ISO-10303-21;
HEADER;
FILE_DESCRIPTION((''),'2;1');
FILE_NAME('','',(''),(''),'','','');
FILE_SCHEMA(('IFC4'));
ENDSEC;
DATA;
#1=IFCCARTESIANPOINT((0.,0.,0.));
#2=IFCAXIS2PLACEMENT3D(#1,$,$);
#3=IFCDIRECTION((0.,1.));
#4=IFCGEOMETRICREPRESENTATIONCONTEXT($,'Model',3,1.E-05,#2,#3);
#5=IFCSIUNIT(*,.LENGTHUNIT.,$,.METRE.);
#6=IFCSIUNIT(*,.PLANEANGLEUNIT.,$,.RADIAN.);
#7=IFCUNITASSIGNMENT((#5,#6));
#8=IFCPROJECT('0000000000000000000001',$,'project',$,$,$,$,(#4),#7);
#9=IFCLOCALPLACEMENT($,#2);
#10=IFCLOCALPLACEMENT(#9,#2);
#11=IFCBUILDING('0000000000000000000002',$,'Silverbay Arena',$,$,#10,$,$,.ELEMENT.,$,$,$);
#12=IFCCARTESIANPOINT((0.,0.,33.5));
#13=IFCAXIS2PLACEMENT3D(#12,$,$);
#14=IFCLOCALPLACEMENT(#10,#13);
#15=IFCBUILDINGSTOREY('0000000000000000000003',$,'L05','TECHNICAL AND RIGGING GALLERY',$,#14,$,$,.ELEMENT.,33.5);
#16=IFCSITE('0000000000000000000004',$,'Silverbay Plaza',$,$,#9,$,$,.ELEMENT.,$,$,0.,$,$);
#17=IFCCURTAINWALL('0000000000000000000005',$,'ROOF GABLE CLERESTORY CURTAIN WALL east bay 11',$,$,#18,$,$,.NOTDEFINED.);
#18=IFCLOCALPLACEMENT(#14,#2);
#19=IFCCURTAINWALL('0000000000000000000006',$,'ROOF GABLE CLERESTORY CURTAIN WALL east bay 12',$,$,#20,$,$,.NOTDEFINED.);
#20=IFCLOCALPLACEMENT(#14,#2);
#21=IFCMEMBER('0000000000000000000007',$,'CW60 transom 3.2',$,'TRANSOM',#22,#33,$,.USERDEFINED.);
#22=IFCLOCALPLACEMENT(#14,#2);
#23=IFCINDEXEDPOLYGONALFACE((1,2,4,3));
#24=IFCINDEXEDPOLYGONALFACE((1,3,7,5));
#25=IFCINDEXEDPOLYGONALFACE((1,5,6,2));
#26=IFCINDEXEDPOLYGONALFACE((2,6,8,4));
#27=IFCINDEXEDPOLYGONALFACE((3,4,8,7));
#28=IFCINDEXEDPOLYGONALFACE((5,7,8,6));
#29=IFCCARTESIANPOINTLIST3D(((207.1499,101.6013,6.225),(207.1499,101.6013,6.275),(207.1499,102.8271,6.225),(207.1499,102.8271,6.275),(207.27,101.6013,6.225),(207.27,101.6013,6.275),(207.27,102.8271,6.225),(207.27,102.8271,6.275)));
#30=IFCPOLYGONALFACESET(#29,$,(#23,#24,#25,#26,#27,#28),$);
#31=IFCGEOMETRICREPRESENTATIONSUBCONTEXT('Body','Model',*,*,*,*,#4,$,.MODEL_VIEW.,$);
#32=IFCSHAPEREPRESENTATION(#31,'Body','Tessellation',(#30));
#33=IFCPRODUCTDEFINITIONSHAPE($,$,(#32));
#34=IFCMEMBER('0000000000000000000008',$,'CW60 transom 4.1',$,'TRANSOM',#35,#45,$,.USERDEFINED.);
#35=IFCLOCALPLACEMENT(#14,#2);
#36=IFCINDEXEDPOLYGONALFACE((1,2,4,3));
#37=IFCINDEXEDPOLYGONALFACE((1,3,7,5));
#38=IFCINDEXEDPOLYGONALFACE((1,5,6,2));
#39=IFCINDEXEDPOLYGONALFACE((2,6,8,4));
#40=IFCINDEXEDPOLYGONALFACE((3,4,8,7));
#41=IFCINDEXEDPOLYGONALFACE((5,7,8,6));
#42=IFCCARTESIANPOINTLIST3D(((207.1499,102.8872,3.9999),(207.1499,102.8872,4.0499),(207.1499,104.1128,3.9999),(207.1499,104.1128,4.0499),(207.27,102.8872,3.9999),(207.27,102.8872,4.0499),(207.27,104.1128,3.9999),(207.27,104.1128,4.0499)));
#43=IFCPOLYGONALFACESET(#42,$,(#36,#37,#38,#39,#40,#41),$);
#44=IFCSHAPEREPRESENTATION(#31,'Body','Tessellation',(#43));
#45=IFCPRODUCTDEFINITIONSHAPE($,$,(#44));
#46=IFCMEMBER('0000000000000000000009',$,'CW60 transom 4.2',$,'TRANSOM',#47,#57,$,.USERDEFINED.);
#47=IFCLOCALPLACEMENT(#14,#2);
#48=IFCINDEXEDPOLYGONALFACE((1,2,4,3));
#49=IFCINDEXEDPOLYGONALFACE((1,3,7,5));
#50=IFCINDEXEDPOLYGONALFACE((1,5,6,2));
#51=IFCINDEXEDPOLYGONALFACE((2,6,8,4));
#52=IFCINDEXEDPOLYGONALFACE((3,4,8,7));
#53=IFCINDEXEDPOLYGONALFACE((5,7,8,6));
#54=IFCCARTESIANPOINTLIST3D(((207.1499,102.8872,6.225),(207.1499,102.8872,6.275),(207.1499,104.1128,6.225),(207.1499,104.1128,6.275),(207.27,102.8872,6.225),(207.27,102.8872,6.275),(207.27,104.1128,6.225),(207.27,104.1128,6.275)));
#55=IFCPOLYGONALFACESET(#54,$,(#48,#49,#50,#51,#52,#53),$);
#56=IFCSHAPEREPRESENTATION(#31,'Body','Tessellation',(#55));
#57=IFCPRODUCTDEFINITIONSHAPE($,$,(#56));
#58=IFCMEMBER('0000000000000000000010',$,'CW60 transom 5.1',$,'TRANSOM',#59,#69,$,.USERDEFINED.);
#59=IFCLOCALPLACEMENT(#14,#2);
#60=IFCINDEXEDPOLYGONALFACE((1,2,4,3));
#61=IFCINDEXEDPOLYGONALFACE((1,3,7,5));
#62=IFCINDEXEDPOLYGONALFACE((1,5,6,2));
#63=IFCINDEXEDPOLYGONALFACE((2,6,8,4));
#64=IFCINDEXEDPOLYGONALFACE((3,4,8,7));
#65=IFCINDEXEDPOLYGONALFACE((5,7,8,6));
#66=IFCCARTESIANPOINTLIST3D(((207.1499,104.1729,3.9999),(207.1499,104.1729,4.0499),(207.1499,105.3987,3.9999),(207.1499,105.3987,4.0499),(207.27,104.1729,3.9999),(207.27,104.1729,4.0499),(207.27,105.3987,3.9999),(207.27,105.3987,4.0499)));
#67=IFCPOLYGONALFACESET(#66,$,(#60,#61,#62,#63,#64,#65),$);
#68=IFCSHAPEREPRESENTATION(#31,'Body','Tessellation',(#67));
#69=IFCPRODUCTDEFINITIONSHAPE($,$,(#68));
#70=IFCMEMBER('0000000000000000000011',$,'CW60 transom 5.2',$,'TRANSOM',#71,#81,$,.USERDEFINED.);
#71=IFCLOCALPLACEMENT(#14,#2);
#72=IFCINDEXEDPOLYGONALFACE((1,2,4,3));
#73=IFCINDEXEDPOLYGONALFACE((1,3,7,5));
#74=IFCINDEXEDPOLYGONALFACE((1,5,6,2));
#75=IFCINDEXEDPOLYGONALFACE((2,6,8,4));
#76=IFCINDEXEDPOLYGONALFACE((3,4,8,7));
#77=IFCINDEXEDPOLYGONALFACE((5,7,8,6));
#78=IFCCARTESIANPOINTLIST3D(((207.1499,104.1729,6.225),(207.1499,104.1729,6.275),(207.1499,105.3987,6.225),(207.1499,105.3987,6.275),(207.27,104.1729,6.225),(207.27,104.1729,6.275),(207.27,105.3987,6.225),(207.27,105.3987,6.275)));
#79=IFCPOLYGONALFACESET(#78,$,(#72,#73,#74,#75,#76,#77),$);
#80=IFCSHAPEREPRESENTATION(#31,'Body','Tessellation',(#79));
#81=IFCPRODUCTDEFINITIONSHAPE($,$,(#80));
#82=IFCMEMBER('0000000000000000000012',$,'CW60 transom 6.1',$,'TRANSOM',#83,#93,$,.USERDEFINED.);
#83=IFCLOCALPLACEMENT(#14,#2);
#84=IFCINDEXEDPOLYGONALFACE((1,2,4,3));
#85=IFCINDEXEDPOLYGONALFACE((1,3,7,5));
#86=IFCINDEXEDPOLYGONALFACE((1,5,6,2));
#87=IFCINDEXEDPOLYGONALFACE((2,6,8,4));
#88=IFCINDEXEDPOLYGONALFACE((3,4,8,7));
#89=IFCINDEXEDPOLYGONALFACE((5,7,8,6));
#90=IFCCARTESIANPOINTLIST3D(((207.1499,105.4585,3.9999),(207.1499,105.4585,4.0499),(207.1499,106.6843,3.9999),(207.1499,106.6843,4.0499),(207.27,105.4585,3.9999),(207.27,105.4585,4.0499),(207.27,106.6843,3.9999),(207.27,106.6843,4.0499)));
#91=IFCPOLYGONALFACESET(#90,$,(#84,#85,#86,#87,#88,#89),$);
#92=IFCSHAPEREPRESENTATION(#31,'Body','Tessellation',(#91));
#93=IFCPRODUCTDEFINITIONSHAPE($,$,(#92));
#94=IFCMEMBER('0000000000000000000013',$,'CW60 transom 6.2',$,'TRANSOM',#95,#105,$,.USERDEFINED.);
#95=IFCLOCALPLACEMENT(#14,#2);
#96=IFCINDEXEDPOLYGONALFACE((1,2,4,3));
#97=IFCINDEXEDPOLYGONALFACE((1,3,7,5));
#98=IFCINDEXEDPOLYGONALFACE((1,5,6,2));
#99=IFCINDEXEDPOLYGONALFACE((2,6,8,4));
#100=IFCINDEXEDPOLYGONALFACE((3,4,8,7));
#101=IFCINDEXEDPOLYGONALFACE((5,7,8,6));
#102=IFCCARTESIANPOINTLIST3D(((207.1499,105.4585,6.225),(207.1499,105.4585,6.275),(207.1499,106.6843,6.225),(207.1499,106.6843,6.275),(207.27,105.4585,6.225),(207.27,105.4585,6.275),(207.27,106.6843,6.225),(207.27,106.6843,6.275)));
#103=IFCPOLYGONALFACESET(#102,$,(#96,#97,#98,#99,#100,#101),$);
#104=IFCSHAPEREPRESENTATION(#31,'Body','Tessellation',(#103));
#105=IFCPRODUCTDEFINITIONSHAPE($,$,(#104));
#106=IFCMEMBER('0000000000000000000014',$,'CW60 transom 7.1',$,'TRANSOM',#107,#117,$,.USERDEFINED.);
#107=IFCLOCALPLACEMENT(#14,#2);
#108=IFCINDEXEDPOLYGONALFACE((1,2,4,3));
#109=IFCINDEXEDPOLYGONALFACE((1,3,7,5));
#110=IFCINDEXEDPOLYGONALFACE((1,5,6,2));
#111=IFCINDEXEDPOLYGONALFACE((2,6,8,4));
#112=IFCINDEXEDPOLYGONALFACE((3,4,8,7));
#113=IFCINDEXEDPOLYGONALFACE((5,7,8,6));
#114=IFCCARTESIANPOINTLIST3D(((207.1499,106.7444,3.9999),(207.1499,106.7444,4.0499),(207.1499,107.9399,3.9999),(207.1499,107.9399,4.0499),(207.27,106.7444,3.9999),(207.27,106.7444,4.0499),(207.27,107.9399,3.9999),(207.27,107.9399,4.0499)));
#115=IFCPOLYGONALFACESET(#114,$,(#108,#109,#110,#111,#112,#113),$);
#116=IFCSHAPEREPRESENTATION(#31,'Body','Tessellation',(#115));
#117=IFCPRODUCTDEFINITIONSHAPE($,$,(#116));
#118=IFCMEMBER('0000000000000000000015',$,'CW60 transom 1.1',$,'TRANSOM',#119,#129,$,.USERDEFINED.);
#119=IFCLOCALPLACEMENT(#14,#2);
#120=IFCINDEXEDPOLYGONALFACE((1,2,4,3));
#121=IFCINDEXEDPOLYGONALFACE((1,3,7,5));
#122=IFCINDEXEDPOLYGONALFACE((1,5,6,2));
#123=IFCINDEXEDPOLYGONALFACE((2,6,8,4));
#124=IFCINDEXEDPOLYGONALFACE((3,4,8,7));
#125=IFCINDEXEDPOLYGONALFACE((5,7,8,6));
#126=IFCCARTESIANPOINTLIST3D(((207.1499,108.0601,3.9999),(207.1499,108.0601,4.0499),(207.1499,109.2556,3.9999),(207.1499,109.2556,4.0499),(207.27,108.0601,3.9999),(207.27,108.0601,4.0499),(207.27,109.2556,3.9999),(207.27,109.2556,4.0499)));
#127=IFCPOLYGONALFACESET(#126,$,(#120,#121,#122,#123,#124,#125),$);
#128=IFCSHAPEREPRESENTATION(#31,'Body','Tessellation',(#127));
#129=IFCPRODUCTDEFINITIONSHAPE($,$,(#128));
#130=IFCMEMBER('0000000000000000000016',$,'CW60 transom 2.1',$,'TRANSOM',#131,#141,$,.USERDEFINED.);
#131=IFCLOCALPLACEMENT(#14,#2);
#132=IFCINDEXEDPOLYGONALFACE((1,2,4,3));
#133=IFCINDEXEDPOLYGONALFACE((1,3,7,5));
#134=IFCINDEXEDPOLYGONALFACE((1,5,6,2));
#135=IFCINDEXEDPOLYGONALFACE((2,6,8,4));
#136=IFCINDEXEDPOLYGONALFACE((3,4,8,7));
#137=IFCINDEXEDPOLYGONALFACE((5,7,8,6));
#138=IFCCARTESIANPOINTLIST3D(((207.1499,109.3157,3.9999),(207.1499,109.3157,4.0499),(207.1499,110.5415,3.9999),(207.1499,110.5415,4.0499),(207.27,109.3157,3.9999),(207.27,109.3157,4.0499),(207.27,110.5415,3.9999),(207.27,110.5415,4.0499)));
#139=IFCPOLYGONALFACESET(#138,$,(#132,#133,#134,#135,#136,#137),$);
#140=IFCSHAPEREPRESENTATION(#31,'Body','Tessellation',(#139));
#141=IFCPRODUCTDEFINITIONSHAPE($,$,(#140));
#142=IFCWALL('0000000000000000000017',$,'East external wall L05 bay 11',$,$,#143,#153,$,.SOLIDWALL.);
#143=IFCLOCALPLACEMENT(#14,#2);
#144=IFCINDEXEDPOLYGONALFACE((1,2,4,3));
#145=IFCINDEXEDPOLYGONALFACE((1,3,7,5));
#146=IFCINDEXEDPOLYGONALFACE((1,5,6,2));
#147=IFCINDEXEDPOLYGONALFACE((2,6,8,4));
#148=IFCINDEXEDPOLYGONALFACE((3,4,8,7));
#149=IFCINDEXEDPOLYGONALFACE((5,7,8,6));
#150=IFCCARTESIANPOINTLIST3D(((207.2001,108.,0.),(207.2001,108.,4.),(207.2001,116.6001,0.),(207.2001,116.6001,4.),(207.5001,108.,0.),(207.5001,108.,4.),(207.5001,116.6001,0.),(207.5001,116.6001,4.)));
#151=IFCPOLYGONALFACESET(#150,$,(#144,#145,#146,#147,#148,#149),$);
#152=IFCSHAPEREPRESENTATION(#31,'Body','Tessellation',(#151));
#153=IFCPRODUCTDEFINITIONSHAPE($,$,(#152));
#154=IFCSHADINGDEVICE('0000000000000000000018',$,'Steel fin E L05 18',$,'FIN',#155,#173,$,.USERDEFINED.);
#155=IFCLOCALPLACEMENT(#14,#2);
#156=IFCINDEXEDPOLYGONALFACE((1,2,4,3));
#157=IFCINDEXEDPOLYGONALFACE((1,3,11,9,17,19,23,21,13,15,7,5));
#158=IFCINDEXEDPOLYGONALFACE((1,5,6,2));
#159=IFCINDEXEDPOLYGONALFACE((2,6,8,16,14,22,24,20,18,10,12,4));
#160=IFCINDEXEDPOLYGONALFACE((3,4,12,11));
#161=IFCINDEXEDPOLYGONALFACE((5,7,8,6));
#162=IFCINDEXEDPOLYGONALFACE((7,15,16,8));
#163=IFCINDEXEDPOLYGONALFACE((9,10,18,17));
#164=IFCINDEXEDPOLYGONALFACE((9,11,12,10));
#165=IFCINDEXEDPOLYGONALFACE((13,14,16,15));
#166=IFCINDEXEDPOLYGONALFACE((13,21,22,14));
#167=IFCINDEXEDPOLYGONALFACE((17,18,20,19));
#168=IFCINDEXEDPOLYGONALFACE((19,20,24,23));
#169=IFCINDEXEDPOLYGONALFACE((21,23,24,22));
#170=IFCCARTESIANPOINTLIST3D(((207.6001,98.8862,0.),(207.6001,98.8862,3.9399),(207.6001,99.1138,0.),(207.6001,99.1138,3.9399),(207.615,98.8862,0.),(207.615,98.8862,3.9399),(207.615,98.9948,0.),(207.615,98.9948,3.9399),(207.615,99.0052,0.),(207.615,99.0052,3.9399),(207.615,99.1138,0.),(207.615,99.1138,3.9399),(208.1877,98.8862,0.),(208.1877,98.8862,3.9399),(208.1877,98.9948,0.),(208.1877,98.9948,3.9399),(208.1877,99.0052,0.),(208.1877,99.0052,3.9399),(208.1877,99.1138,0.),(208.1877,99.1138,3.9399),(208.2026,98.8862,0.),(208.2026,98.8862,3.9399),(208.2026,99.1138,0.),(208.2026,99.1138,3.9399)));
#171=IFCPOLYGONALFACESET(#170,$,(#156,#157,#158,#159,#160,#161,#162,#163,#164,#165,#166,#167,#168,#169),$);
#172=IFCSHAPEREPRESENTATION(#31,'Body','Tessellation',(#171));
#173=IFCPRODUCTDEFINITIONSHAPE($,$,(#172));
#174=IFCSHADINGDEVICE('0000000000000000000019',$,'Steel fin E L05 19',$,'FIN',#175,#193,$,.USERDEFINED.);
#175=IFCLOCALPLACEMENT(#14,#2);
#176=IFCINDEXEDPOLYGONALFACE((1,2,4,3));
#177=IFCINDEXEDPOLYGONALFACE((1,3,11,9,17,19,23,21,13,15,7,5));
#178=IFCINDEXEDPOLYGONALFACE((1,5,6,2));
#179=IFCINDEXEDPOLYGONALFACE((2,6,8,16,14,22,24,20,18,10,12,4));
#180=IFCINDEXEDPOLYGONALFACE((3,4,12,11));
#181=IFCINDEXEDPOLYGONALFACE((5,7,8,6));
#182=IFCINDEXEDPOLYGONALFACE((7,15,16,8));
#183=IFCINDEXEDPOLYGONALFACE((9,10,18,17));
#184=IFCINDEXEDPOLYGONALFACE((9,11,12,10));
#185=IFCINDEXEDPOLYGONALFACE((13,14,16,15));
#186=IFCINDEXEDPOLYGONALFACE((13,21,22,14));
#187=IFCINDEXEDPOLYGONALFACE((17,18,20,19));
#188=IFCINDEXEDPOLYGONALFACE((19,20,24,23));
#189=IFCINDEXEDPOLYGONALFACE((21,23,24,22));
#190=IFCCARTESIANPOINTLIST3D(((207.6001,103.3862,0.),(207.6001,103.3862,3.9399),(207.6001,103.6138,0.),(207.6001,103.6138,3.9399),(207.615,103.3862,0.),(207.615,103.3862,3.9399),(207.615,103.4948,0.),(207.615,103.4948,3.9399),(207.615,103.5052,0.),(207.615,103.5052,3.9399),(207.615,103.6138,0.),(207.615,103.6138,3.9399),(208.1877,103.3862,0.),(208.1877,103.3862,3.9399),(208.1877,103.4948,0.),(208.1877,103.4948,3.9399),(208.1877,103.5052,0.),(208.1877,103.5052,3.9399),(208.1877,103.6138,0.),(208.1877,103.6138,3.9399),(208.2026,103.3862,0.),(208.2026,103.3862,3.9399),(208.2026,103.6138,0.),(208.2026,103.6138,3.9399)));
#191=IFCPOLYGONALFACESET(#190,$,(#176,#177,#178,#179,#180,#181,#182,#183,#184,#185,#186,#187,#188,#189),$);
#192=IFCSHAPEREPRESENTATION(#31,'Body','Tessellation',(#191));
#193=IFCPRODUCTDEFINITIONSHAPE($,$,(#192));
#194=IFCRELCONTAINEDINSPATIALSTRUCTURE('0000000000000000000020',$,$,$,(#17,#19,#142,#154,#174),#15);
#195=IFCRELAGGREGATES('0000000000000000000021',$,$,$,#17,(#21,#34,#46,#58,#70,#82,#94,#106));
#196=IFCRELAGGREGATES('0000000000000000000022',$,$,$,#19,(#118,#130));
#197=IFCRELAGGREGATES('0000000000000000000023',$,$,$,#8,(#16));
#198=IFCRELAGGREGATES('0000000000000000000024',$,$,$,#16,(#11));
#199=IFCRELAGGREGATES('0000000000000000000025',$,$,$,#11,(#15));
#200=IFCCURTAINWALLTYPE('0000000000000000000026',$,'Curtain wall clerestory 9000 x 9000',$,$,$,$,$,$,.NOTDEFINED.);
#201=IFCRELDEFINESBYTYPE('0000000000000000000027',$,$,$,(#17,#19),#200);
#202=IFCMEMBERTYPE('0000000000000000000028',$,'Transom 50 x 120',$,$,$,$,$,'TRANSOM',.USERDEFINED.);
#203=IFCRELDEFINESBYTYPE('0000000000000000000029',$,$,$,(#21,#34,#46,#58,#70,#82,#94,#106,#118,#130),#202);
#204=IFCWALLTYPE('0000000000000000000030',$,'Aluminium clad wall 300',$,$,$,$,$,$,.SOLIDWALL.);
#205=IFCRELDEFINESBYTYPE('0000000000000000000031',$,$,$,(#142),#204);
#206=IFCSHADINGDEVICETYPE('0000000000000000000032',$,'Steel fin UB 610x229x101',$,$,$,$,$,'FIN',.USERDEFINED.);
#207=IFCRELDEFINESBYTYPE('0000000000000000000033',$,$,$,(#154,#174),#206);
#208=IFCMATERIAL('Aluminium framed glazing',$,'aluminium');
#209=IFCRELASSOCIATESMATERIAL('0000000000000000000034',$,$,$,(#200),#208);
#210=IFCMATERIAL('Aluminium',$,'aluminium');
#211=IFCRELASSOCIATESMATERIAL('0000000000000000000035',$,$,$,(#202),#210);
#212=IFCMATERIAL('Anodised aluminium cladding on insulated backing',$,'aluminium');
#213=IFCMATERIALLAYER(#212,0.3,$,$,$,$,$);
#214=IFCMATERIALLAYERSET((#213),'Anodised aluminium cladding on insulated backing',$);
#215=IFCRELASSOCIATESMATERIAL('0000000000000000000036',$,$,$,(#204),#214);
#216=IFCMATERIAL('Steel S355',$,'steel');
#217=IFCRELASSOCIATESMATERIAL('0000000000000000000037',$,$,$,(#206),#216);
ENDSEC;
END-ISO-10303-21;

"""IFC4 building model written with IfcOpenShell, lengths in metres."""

from ifc_helpers import new_model, si_unit, direction, frame, frame_2d, origin, origin_2d, place, context, subcontext, project, spatial, rectangle, i_section, extrude, material, layer, layer_set, material_profile, profile_set, type_object, element, aggregate, save


model = new_model("IFC4")

# Units and contexts
model_context = context("Model", 3, precision=1e-05, world=origin(), true_north=direction((0.0, 1.0)))
body_context = subcontext(model_context, "Body", "Model", "MODEL_VIEW")
ifc_project = project(units=[si_unit("LENGTHUNIT", "METRE"), si_unit("PLANEANGLEUNIT", "RADIAN")], contexts=[model_context])

# Site, building, storey
site_placement = place(None, origin())
site = spatial("IfcSite", under=ifc_project, at=site_placement, Name="Silverbay Plaza", CompositionType="ELEMENT", RefElevation=0.0)
building_placement = place(site_placement, origin())
building = spatial("IfcBuilding", under=site, at=building_placement, Name="Silverbay Arena", CompositionType="ELEMENT")
storey_placement = place(building_placement, frame((0.0, 0.0, 33.5)))
storey = spatial("IfcBuildingStorey", under=building, at=storey_placement, Name="L05", Description="TECHNICAL AND RIGGING GALLERY", CompositionType="ELEMENT", Elevation=33.5)

# Curtain walls
ifc_material_1 = material(Name="Aluminium framed glazing", Category="aluminium")
curtain_wall_type = type_object("IfcCurtainWallType", Name="Curtain wall clerestory 9000 x 9000", PredefinedType="NOTDEFINED", material=ifc_material_1)
curtain_wall_1_placement = place(storey_placement, origin())
curtain_wall_1 = element("IfcCurtainWall", 1, at=curtain_wall_1_placement, inside=storey, type_object=curtain_wall_type, Name="ROOF GABLE CLERESTORY CURTAIN WALL east bay 11", PredefinedType="NOTDEFINED")
curtain_wall_2_placement = place(storey_placement, origin())
curtain_wall_2 = element("IfcCurtainWall", 2, at=curtain_wall_2_placement, inside=storey, type_object=curtain_wall_type, Name="ROOF GABLE CLERESTORY CURTAIN WALL east bay 12", PredefinedType="NOTDEFINED")

# Members
ifc_material_2 = material(Name="Aluminium", Category="aluminium")
ifc_material_profile_1 = material_profile(ifc_material_2, rectangle(XDim=0.1201, YDim=0.05, at=origin_2d()), Name="Transom 50 x 120")
ifc_profile_set_1 = profile_set([ifc_material_profile_1], Name="Aluminium")
member_type_1 = type_object("IfcMemberType", Name="Transom 50 x 120", ElementType="TRANSOM", PredefinedType="USERDEFINED", material=ifc_profile_set_1)
member_1_placement = place(storey_placement, frame((207.21, 101.6013, 6.25), z_axis=(0.0, 1.0, 0.0), x_axis=(-1.0, 0.0, 0.0)))
member_1 = element("IfcMember", 3, at=member_1_placement, type_object=member_type_1, Name="CW60 transom 3.2", ObjectType="TRANSOM", PredefinedType="USERDEFINED", context=body_context, shape_type="SweptSolid", body=[
    extrude(rectangle(XDim=0.1201, YDim=0.05, at=origin_2d()), origin(), (0.0, 0.0, 1.0), 1.2258),
])
member_2_placement = place(storey_placement, frame((207.21, 102.8872, 4.0249), z_axis=(0.0, 1.0, 0.0), x_axis=(-1.0, 0.0, 0.0)))
member_2 = element("IfcMember", 4, at=member_2_placement, type_object=member_type_1, Name="CW60 transom 4.1", ObjectType="TRANSOM", PredefinedType="USERDEFINED", context=body_context, shape_type="SweptSolid", body=[
    extrude(rectangle(XDim=0.1201, YDim=0.05, at=origin_2d()), origin(), (0.0, 0.0, 1.0), 1.2256),
])
member_3_placement = place(storey_placement, frame((207.21, 102.8872, 6.25), z_axis=(0.0, 1.0, 0.0), x_axis=(-1.0, 0.0, 0.0)))
member_3 = element("IfcMember", 5, at=member_3_placement, type_object=member_type_1, Name="CW60 transom 4.2", ObjectType="TRANSOM", PredefinedType="USERDEFINED", context=body_context, shape_type="SweptSolid", body=[
    extrude(rectangle(XDim=0.1201, YDim=0.05, at=origin_2d()), origin(), (0.0, 0.0, 1.0), 1.2256),
])
member_4_placement = place(storey_placement, frame((207.21, 104.1729, 4.0249), z_axis=(0.0, 1.0, 0.0), x_axis=(-1.0, 0.0, 0.0)))
member_4 = element("IfcMember", 6, at=member_4_placement, type_object=member_type_1, Name="CW60 transom 5.1", ObjectType="TRANSOM", PredefinedType="USERDEFINED", context=body_context, shape_type="SweptSolid", body=[
    extrude(rectangle(XDim=0.1201, YDim=0.05, at=origin_2d()), origin(), (0.0, 0.0, 1.0), 1.2258),
])
member_5_placement = place(storey_placement, frame((207.21, 104.1729, 6.25), z_axis=(0.0, 1.0, 0.0), x_axis=(-1.0, 0.0, 0.0)))
member_5 = element("IfcMember", 7, at=member_5_placement, type_object=member_type_1, Name="CW60 transom 5.2", ObjectType="TRANSOM", PredefinedType="USERDEFINED", context=body_context, shape_type="SweptSolid", body=[
    extrude(rectangle(XDim=0.1201, YDim=0.05, at=origin_2d()), origin(), (0.0, 0.0, 1.0), 1.2258),
])
member_6_placement = place(storey_placement, frame((207.21, 105.4585, 4.0249), z_axis=(0.0, 1.0, 0.0), x_axis=(-1.0, 0.0, 0.0)))
member_6 = element("IfcMember", 8, at=member_6_placement, type_object=member_type_1, Name="CW60 transom 6.1", ObjectType="TRANSOM", PredefinedType="USERDEFINED", context=body_context, shape_type="SweptSolid", body=[
    extrude(rectangle(XDim=0.1201, YDim=0.05, at=origin_2d()), origin(), (0.0, 0.0, 1.0), 1.2258),
])
member_7_placement = place(storey_placement, frame((207.21, 105.4585, 6.25), z_axis=(0.0, 1.0, 0.0), x_axis=(-1.0, 0.0, 0.0)))
member_7 = element("IfcMember", 9, at=member_7_placement, type_object=member_type_1, Name="CW60 transom 6.2", ObjectType="TRANSOM", PredefinedType="USERDEFINED", context=body_context, shape_type="SweptSolid", body=[
    extrude(rectangle(XDim=0.1201, YDim=0.05, at=origin_2d()), origin(), (0.0, 0.0, 1.0), 1.2258),
])
member_8_placement = place(storey_placement, frame((207.21, 106.7444, 4.0249), z_axis=(0.0, 1.0, 0.0), x_axis=(-1.0, 0.0, 0.0)))
member_8 = element("IfcMember", 10, at=member_8_placement, type_object=member_type_1, Name="CW60 transom 7.1", ObjectType="TRANSOM", PredefinedType="USERDEFINED", context=body_context, shape_type="SweptSolid", body=[
    extrude(rectangle(XDim=0.1201, YDim=0.05, at=origin_2d()), origin(), (0.0, 0.0, 1.0), 1.1956),
])
aggregate(curtain_wall_1, [member_1, member_2, member_3, member_4, member_5, member_6, member_7, member_8])
member_9_placement = place(storey_placement, frame((207.21, 108.0601, 4.0249), z_axis=(0.0, 1.0, 0.0), x_axis=(-1.0, 0.0, 0.0)))
member_9 = element("IfcMember", 11, at=member_9_placement, type_object=member_type_1, Name="CW60 transom 1.1", ObjectType="TRANSOM", PredefinedType="USERDEFINED", context=body_context, shape_type="SweptSolid", body=[
    extrude(rectangle(XDim=0.1201, YDim=0.05, at=origin_2d()), origin(), (0.0, 0.0, 1.0), 1.1956),
])
member_10_placement = place(storey_placement, frame((207.21, 109.3157, 4.0249), z_axis=(0.0, 1.0, 0.0), x_axis=(-1.0, 0.0, 0.0)))
member_10 = element("IfcMember", 12, at=member_10_placement, type_object=member_type_1, Name="CW60 transom 2.1", ObjectType="TRANSOM", PredefinedType="USERDEFINED", context=body_context, shape_type="SweptSolid", body=[
    extrude(rectangle(XDim=0.1201, YDim=0.05, at=origin_2d()), origin(), (0.0, 0.0, 1.0), 1.2258),
])
aggregate(curtain_wall_2, [member_9, member_10])

# Wall
ifc_material_3 = material(Name="Anodised aluminium cladding on insulated backing", Category="aluminium")
ifc_layer = layer(ifc_material_3, 0.3)
ifc_layer_set = layer_set([ifc_layer], Name="Anodised aluminium cladding on insulated backing")
wall_type = type_object("IfcWallType", Name="Aluminium clad wall 300", PredefinedType="SOLIDWALL", material=ifc_layer_set)
wall_placement = place(storey_placement, frame((207.3501, 108.0, 0.0), z_axis=(0.0, 0.0, 1.0), x_axis=(0.0, 1.0, 0.0)))
element("IfcWall", 13, at=wall_placement, inside=storey, type_object=wall_type, Name="East external wall L05 bay 11", PredefinedType="SOLIDWALL", context=body_context, shape_type="SweptSolid", body=[
    extrude(rectangle(XDim=8.6001, YDim=0.3, at=frame_2d((4.3, 0.0))), origin(), (0.0, 0.0, 1.0), 4.0),
])

# Shading devices
ifc_material_4 = material(Name="Steel S355", Category="steel")
ifc_material_profile_2 = material_profile(ifc_material_4, i_section(OverallWidth=0.2275, OverallDepth=0.6025, WebThickness=0.0105, FlangeThickness=0.0149, at=origin_2d()), Name="UB 610x229x101")
ifc_profile_set_2 = profile_set([ifc_material_profile_2], Name="Steel S355")
shading_device_type = type_object("IfcShadingDeviceType", Name="Steel fin UB 610x229x101", ElementType="FIN", PredefinedType="USERDEFINED", material=ifc_profile_set_2)
for number, where, z_axis, x_axis, name in (
    (14, (207.9014, 99.0, 0.0), (0.0, 0.0, 1.0), (0.0, 1.0, 0.0), "Steel fin E L05 18"),
    (15, (207.9014, 103.5, 0.0), (0.0, 0.0, 1.0), (0.0, 1.0, 0.0), "Steel fin E L05 19"),
):
    element("IfcShadingDevice", number, at=place(storey_placement, frame(where, z_axis=z_axis, x_axis=x_axis)), inside=storey, type_object=shading_device_type, Name=name, ObjectType="FIN", PredefinedType="USERDEFINED", context=body_context, shape_type="SweptSolid", body=[
        extrude(i_section(OverallWidth=0.2275, OverallDepth=0.6025, WebThickness=0.0105, FlangeThickness=0.0149, at=origin_2d()), origin(), (0.0, 0.0, 1.0), 3.9399),
    ])

save(model, "model.ifc")
